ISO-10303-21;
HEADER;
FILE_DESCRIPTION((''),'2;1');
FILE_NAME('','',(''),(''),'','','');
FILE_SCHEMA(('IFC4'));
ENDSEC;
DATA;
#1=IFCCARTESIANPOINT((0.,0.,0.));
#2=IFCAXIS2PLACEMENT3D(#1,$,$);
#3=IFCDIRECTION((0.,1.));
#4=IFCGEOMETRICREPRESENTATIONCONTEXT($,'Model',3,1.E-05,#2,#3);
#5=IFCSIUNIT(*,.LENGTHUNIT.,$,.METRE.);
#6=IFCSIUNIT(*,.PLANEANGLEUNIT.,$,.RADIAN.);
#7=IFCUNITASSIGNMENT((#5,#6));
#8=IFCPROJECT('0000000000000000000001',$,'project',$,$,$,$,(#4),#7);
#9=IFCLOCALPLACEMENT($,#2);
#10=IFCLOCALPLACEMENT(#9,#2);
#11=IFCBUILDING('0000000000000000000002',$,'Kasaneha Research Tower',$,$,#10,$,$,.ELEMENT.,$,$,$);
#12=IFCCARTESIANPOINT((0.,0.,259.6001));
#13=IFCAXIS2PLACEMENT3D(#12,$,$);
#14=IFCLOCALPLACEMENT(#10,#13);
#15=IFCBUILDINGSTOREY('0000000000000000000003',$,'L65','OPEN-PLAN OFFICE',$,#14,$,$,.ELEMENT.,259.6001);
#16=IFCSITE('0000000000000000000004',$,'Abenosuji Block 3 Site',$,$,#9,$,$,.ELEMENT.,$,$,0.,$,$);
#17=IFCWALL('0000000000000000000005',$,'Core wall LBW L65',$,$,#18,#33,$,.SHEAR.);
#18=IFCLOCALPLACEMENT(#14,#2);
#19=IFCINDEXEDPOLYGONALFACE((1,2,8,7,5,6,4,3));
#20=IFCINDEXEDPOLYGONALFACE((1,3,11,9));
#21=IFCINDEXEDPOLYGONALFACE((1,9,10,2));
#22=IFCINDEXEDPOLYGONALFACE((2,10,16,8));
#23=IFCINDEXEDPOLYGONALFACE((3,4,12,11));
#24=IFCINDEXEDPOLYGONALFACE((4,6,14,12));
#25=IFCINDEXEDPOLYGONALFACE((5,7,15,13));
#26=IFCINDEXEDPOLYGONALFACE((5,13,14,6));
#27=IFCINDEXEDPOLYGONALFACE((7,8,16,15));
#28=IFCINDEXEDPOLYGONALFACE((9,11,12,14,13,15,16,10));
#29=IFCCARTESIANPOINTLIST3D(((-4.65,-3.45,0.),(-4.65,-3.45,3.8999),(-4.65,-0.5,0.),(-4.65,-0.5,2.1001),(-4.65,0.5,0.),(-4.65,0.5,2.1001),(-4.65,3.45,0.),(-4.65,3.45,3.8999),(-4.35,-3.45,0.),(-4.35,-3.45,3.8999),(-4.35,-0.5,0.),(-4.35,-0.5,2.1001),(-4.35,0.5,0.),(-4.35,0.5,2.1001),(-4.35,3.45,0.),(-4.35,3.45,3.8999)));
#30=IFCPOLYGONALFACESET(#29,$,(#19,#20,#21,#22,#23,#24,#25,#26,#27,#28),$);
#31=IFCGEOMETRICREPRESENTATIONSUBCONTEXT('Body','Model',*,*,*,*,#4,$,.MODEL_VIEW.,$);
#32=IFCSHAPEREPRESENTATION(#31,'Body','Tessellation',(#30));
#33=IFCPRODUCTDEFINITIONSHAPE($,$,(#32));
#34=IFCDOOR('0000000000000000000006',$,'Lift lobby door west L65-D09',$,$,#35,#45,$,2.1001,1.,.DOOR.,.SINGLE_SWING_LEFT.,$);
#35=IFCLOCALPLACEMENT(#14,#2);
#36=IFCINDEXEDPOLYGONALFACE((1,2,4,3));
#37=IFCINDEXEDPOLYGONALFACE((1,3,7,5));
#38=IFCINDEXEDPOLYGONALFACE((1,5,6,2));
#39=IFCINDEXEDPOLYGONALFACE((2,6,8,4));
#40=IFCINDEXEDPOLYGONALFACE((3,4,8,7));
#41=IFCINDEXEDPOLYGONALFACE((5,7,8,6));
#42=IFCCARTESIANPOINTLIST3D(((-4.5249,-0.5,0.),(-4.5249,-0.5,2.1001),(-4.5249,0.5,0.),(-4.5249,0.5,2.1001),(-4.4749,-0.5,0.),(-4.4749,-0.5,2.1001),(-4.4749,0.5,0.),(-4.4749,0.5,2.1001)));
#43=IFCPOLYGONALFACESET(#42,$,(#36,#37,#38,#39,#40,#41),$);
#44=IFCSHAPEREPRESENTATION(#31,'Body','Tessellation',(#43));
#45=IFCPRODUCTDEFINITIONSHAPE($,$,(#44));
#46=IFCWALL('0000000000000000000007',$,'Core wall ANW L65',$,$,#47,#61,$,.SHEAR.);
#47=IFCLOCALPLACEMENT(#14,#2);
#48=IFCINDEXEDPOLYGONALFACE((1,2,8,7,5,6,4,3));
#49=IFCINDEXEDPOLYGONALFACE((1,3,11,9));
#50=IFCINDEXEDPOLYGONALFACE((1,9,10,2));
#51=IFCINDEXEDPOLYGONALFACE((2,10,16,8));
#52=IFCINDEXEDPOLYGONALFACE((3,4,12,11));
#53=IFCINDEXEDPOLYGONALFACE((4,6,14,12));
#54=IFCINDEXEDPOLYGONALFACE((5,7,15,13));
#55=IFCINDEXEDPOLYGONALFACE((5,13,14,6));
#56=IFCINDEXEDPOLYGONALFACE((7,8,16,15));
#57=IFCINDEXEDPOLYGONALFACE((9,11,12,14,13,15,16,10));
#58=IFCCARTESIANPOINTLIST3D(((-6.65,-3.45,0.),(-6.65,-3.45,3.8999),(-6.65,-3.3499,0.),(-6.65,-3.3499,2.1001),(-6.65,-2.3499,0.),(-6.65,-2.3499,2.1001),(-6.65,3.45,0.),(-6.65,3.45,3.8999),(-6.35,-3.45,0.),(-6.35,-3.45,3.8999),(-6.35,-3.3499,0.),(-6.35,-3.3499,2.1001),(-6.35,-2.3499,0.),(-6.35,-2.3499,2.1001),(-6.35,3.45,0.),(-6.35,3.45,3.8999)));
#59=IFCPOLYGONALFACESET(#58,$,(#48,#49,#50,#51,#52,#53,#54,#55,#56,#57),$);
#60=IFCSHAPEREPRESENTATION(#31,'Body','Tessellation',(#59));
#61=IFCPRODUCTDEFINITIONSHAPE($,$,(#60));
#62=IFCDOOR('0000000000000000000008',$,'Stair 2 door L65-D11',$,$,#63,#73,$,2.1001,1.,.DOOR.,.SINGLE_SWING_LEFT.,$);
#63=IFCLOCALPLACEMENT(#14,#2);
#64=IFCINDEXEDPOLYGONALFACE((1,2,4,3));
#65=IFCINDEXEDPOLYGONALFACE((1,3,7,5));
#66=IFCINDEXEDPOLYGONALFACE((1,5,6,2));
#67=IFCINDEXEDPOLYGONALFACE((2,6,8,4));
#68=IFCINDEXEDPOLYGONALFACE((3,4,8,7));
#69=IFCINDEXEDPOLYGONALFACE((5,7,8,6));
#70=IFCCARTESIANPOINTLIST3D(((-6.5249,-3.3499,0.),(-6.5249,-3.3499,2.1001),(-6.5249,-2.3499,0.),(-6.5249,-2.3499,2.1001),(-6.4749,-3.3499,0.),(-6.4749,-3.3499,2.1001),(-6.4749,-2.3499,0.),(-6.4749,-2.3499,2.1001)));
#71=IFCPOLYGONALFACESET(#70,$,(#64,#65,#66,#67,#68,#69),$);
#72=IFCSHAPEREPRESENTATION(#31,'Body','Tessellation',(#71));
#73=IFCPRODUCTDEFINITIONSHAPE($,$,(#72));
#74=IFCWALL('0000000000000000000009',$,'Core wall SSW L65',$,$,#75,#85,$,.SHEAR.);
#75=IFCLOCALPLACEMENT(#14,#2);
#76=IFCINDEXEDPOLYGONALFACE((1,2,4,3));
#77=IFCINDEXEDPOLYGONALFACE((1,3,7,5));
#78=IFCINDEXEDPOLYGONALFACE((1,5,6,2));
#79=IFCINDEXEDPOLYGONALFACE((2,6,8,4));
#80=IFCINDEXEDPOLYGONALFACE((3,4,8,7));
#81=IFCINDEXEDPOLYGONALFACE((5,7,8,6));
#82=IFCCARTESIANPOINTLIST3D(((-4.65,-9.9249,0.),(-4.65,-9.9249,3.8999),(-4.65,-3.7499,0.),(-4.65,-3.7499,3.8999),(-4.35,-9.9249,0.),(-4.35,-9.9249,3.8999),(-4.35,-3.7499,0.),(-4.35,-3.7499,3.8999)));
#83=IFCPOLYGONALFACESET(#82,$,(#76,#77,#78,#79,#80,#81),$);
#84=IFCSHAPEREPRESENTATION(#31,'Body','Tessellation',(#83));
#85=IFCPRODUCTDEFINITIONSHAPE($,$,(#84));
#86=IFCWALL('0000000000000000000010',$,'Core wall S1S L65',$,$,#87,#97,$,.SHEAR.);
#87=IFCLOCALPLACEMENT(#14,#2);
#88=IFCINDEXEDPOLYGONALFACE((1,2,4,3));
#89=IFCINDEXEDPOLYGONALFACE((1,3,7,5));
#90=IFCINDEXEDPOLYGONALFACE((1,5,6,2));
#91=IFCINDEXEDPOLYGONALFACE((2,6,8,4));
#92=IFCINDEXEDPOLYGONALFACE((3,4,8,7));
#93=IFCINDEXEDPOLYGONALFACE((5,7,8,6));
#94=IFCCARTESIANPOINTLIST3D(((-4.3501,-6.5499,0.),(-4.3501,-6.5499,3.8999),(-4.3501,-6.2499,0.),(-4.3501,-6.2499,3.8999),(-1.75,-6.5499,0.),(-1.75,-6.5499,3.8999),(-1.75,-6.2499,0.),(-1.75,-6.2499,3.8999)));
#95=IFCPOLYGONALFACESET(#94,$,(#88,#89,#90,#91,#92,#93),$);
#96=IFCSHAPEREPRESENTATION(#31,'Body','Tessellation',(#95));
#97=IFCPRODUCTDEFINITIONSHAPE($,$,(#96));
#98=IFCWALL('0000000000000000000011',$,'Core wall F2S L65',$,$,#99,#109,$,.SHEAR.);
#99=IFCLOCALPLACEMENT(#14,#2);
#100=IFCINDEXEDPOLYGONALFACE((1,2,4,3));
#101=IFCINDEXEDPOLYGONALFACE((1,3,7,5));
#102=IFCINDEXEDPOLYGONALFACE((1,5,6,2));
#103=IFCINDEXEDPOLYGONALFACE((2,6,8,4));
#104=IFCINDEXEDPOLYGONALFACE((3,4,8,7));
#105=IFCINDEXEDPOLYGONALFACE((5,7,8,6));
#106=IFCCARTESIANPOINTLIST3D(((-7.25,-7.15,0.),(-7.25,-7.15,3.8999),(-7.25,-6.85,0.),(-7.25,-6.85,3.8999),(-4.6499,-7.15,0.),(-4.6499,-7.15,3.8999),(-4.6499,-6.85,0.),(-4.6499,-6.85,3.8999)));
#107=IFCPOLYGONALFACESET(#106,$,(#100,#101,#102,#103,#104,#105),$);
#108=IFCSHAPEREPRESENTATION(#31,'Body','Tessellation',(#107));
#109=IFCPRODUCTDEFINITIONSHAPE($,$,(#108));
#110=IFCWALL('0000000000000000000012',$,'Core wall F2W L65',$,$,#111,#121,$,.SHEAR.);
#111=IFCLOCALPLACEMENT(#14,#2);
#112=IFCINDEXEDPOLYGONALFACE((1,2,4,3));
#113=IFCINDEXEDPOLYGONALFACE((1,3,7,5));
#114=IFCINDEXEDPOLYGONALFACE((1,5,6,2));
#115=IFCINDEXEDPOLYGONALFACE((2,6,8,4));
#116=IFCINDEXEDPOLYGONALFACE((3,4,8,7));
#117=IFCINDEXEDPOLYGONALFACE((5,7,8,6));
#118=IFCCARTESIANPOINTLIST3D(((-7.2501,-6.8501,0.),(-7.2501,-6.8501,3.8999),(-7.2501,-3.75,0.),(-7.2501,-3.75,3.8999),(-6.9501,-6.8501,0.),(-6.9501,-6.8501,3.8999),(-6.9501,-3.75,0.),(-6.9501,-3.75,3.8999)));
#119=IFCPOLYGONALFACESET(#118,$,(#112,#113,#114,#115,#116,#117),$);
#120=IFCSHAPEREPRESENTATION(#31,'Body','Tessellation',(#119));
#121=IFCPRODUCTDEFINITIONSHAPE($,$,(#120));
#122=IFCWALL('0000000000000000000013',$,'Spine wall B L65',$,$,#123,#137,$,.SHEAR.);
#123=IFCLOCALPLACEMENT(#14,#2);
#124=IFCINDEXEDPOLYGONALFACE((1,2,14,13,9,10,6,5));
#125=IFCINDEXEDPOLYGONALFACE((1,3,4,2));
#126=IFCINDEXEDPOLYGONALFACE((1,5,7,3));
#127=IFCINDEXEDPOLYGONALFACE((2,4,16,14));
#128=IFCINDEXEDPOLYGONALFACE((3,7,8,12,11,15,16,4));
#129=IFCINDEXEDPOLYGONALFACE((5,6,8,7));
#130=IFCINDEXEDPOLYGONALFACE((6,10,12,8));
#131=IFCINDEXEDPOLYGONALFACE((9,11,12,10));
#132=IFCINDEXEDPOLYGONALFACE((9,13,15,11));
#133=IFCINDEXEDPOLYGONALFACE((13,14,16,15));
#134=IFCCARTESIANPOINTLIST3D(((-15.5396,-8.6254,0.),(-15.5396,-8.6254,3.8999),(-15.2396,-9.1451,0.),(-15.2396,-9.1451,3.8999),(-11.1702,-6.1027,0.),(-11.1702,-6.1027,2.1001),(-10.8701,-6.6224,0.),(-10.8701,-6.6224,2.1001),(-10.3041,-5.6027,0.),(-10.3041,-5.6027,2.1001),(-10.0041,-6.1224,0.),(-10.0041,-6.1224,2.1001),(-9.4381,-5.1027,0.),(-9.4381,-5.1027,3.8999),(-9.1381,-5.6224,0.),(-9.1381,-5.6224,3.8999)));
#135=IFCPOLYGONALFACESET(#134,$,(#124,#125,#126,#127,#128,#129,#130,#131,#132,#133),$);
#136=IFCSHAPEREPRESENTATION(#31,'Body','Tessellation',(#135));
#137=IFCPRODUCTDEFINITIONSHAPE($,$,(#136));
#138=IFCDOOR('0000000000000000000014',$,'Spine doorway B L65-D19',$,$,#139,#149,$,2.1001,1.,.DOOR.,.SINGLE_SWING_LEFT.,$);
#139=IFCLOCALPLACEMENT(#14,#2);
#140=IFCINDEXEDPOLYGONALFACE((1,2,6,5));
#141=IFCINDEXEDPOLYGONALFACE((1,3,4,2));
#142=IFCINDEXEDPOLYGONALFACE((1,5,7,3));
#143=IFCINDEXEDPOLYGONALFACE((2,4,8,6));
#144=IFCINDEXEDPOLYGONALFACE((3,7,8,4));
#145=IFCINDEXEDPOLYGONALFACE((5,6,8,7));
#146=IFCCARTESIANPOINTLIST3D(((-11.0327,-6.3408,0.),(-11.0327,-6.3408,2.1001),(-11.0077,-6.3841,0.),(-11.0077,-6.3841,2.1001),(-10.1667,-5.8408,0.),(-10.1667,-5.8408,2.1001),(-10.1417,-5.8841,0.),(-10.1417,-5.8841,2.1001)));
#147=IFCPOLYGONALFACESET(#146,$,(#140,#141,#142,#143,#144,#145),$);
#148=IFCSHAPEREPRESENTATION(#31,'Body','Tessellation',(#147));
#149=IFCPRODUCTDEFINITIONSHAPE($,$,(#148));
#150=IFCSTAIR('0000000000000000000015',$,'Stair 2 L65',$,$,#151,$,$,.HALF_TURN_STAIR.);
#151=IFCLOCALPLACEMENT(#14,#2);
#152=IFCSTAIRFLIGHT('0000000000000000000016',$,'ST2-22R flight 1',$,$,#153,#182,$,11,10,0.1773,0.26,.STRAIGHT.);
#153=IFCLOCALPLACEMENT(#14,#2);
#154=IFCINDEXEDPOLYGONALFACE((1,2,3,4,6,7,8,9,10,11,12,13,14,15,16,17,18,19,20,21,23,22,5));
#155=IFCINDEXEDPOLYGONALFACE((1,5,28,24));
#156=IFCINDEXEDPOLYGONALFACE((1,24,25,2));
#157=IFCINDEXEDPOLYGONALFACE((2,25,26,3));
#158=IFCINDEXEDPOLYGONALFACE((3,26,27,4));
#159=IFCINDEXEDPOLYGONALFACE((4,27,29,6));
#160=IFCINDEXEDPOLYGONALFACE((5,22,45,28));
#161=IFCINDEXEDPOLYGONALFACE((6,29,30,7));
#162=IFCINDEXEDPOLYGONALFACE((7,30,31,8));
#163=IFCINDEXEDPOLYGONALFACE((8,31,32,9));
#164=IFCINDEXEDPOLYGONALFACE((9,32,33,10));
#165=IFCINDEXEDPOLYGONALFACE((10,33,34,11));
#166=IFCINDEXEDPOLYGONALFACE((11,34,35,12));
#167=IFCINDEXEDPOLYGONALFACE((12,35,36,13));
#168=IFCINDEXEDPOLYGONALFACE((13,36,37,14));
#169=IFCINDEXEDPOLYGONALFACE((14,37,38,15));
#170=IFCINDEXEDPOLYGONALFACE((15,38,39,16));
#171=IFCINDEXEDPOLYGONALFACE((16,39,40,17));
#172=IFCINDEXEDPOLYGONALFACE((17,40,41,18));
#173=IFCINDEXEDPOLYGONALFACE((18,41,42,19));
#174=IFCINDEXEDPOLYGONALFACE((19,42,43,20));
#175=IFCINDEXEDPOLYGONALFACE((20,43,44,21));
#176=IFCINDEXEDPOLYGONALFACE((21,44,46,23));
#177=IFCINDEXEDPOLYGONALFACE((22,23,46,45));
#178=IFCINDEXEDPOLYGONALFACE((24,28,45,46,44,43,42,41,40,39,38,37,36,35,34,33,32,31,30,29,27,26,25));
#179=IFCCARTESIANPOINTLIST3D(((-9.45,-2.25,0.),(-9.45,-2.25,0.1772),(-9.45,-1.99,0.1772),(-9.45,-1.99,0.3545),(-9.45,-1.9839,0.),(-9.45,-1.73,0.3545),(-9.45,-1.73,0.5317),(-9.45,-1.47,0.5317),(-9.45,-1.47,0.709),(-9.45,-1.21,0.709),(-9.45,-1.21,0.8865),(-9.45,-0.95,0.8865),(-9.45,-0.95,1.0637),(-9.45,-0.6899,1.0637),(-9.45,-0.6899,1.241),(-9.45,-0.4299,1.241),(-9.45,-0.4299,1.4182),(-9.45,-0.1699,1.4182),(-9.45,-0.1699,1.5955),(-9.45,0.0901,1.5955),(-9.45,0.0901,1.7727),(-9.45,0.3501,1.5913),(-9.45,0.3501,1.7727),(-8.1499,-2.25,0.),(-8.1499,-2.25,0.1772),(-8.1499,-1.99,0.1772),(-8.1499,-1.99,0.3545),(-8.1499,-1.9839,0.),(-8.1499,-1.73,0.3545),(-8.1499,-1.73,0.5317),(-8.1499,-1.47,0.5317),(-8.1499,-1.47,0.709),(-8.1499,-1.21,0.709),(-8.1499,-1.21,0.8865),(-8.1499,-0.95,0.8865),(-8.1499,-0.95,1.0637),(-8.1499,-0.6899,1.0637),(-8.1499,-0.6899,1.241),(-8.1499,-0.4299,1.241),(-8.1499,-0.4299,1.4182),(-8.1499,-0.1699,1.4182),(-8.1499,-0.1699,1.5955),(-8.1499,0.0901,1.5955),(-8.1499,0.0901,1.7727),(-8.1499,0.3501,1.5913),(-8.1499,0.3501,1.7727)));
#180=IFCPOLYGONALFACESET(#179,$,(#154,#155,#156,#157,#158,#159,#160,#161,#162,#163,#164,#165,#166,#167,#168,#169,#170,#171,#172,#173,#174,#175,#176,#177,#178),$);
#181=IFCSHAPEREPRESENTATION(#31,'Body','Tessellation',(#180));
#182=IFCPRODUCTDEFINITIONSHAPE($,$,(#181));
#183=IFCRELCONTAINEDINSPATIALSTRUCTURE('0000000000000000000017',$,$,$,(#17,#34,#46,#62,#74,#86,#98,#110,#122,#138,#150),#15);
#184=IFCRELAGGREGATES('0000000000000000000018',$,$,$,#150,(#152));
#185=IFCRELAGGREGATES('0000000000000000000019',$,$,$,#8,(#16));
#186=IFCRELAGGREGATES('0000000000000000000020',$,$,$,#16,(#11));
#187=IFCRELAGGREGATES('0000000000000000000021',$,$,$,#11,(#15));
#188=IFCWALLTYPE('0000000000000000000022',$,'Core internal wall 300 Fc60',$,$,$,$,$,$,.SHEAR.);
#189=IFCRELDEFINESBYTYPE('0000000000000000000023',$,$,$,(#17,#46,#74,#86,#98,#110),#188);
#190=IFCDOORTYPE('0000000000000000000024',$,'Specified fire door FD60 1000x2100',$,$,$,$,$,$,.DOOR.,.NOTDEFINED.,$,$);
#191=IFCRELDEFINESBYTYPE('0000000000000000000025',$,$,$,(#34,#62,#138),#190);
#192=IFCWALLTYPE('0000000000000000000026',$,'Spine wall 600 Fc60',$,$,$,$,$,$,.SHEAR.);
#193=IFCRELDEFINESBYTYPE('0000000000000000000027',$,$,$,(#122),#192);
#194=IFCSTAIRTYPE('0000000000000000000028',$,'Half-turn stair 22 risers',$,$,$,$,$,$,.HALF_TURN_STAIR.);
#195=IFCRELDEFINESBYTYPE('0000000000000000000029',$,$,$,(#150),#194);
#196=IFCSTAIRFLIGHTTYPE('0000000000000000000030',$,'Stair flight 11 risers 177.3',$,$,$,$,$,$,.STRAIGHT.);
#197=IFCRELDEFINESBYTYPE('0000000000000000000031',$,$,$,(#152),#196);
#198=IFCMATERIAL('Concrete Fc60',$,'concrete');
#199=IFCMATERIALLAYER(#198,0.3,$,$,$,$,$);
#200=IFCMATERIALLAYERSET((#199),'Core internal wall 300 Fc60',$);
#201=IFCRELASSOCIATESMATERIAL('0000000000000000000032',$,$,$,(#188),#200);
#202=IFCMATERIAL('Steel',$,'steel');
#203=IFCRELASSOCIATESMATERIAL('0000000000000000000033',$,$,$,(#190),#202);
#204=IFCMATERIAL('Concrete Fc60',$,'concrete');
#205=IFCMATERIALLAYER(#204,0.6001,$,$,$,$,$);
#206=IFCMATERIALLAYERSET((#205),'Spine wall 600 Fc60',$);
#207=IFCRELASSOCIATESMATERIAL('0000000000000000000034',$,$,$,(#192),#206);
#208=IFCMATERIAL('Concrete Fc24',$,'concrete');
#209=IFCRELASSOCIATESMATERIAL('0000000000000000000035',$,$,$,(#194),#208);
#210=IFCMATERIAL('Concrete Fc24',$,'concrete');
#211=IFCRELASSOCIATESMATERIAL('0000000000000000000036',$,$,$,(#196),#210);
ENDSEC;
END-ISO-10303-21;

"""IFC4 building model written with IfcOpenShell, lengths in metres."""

from ifc_helpers import new_model, si_unit, direction, frame, frame_2d, origin, place, context, subcontext, project, spatial, polyline, rectangle, outline, extrude, material, layer, layer_set, type_object, element, fill, aggregate, save


model = new_model("IFC4")

# Units and contexts
model_context = context("Model", 3, precision=1e-05, world=origin(), true_north=direction((0.0, 1.0)))
body_context = subcontext(model_context, "Body", "Model", "MODEL_VIEW")
ifc_project = project(units=[si_unit("LENGTHUNIT", "METRE"), si_unit("PLANEANGLEUNIT", "RADIAN")], contexts=[model_context])

# Site, building, storey
site_placement = place(None, origin())
site = spatial("IfcSite", under=ifc_project, at=site_placement, Name="Abenosuji Block 3 Site", CompositionType="ELEMENT", RefElevation=0.0)
building_placement = place(site_placement, origin())
building = spatial("IfcBuilding", under=site, at=building_placement, Name="Kasaneha Research Tower", CompositionType="ELEMENT")
storey_placement = place(building_placement, frame((0.0, 0.0, 259.6001)))
storey = spatial("IfcBuildingStorey", under=building, at=storey_placement, Name="L65", Description="OPEN-PLAN OFFICE", CompositionType="ELEMENT", Elevation=259.6001)

# Walls, openings, doors
ifc_material_1 = material(Name="Concrete Fc60", Category="concrete")
ifc_layer_1 = layer(ifc_material_1, 0.3)
ifc_layer_set_1 = layer_set([ifc_layer_1], Name="Core internal wall 300 Fc60")
wall_type_1 = type_object("IfcWallType", Name="Core internal wall 300 Fc60", PredefinedType="SHEAR", material=ifc_layer_set_1)
wall_1_placement = place(storey_placement, frame((-4.5, -3.45, 0.0), z_axis=(0.0, 0.0, 1.0), x_axis=(0.0, 1.0, 0.0)))
wall_1 = element("IfcWall", 1, at=wall_1_placement, inside=storey, type_object=wall_type_1, Name="Core wall LBW L65", PredefinedType="SHEAR", context=body_context, shape_type="SweptSolid", body=[
    extrude(rectangle(XDim=6.8999, YDim=0.3, at=frame_2d((3.45, 0.0))), origin(), (0.0, 0.0, 1.0), 3.8999),
])
opening_1_placement = place(wall_1_placement, frame((2.95, 0.0, 0.0)))
opening_1 = element("IfcOpeningElement", 2, at=opening_1_placement, cuts=wall_1, PredefinedType="OPENING", context=body_context, shape_type="SweptSolid", body=[
    extrude(rectangle(XDim=1.0, YDim=2.1001, at=frame_2d((0.5, 1.05))), frame((0.0, 0.1602, 0.0), z_axis=(0.0, -1.0, 0.0), x_axis=(1.0, 0.0, 0.0)), (0.0, 0.0, 1.0), 0.3201),
])
ifc_material_2 = material(Name="Steel", Category="steel")
door_type_1 = type_object("IfcDoorType", Name="Specified fire door FD60 1000x2100", OperationType="NOTDEFINED", PredefinedType="DOOR", material=ifc_material_2)
door_1_placement = place(opening_1_placement, origin())
door_1 = element("IfcDoor", 3, at=door_1_placement, inside=storey, type_object=door_type_1, Name="Lift lobby door west L65-D09", OperationType="SINGLE_SWING_LEFT", OverallHeight=2.1001, OverallWidth=1.0, PredefinedType="DOOR", context=body_context, shape_type="SweptSolid", body=[
    extrude(rectangle(XDim=1.0, YDim=2.1001, at=frame_2d((0.5, 1.05))), frame((0.0, 0.0249, 0.0), z_axis=(0.0, -1.0, 0.0), x_axis=(1.0, 0.0, 0.0)), (0.0, 0.0, 1.0), 0.05),
])
fill(opening_1, door_1)
wall_2_placement = place(storey_placement, frame((-6.5, -3.45, 0.0), z_axis=(0.0, 0.0, 1.0), x_axis=(0.0, 1.0, 0.0)))
wall_2 = element("IfcWall", 4, at=wall_2_placement, inside=storey, type_object=wall_type_1, Name="Core wall ANW L65", PredefinedType="SHEAR", context=body_context, shape_type="SweptSolid", body=[
    extrude(rectangle(XDim=6.8999, YDim=0.3, at=frame_2d((3.45, 0.0))), origin(), (0.0, 0.0, 1.0), 3.8999),
])
opening_2_placement = place(wall_2_placement, frame((0.1001, 0.0, 0.0)))
opening_2 = element("IfcOpeningElement", 5, at=opening_2_placement, cuts=wall_2, PredefinedType="OPENING", context=body_context, shape_type="SweptSolid", body=[
    extrude(rectangle(XDim=1.0, YDim=2.1001, at=frame_2d((0.5, 1.05))), frame((0.0, 0.1602, 0.0), z_axis=(0.0, -1.0, 0.0), x_axis=(1.0, 0.0, 0.0)), (0.0, 0.0, 1.0), 0.3201),
])
door_2_placement = place(opening_2_placement, origin())
door_2 = element("IfcDoor", 6, at=door_2_placement, inside=storey, type_object=door_type_1, Name="Stair 2 door L65-D11", OperationType="SINGLE_SWING_LEFT", OverallHeight=2.1001, OverallWidth=1.0, PredefinedType="DOOR", context=body_context, shape_type="SweptSolid", body=[
    extrude(rectangle(XDim=1.0, YDim=2.1001, at=frame_2d((0.5, 1.05))), frame((0.0, 0.0249, 0.0), z_axis=(0.0, -1.0, 0.0), x_axis=(1.0, 0.0, 0.0)), (0.0, 0.0, 1.0), 0.05),
])
fill(opening_2, door_2)

# Walls
wall_3_placement = place(storey_placement, frame((-4.5, -3.75, 0.0), z_axis=(0.0, 0.0, 1.0), x_axis=(0.0, -1.0, 0.0)))
element("IfcWall", 7, at=wall_3_placement, inside=storey, type_object=wall_type_1, Name="Core wall SSW L65", PredefinedType="SHEAR", context=body_context, shape_type="SweptSolid", body=[
    extrude(rectangle(XDim=6.175, YDim=0.3, at=frame_2d((3.0874, 0.0))), origin(), (0.0, 0.0, 1.0), 3.8999),
])
for number, where, z_axis, x_axis, name in (
    (8, (-4.3501, -6.3999, 0.0), (0.0, 0.0, 1.0), (1.0, 0.0, 0.0), "Core wall S1S L65"),
    (9, (-7.25, -7.0, 0.0), (0.0, 0.0, 1.0), (1.0, 0.0, 0.0), "Core wall F2S L65"),
):
    element("IfcWall", number, at=place(storey_placement, frame(where, z_axis=z_axis, x_axis=x_axis)), inside=storey, type_object=wall_type_1, Name=name, PredefinedType="SHEAR", context=body_context, shape_type="SweptSolid", body=[
        extrude(rectangle(XDim=2.6001, YDim=0.3, at=frame_2d((1.3, 0.0))), origin(), (0.0, 0.0, 1.0), 3.8999),
    ])
wall_4_placement = place(storey_placement, frame((-7.1001, -3.75, 0.0), z_axis=(0.0, 0.0, 1.0), x_axis=(0.0, -1.0, 0.0)))
element("IfcWall", 10, at=wall_4_placement, inside=storey, type_object=wall_type_1, Name="Core wall F2W L65", PredefinedType="SHEAR", context=body_context, shape_type="SweptSolid", body=[
    extrude(rectangle(XDim=3.1001, YDim=0.3, at=frame_2d((1.55, 0.0))), origin(), (0.0, 0.0, 1.0), 3.8999),
])

# Wall, opening, door
ifc_material_3 = material(Name="Concrete Fc60", Category="concrete")
ifc_layer_2 = layer(ifc_material_3, 0.6001)
ifc_layer_set_2 = layer_set([ifc_layer_2], Name="Spine wall 600 Fc60")
wall_type_2 = type_object("IfcWallType", Name="Spine wall 600 Fc60", PredefinedType="SHEAR", material=ifc_layer_set_2)
wall_5_placement = place(storey_placement, frame((-9.2881, -5.3625, 0.0), z_axis=(0.0, 0.0, 1.0), x_axis=(-0.866027, -0.499996, 0.0)))
wall_5 = element("IfcWall", 11, at=wall_5_placement, inside=storey, type_object=wall_type_2, Name="Spine wall B L65", PredefinedType="SHEAR", context=body_context, shape_type="SweptSolid", body=[
    extrude(rectangle(XDim=7.0454, YDim=0.6001, at=frame_2d((3.5227, 0.0))), origin(), (0.0, 0.0, 1.0), 3.8999),
])
opening_3_placement = place(wall_5_placement, frame((1.0, 0.0, 0.0)))
opening_3 = element("IfcOpeningElement", 12, at=opening_3_placement, cuts=wall_5, PredefinedType="OPENING", context=body_context, shape_type="SweptSolid", body=[
    extrude(rectangle(XDim=1.0, YDim=2.1001, at=frame_2d((0.5, 1.05))), frame((0.0, 0.3101, 0.0), z_axis=(0.0, -1.0, 0.0), x_axis=(1.0, 0.0, 0.0)), (0.0, 0.0, 1.0), 0.6201),
])
door_3_placement = place(opening_3_placement, origin())
door_3 = element("IfcDoor", 13, at=door_3_placement, inside=storey, type_object=door_type_1, Name="Spine doorway B L65-D19", OperationType="SINGLE_SWING_LEFT", OverallHeight=2.1001, OverallWidth=1.0, PredefinedType="DOOR", context=body_context, shape_type="SweptSolid", body=[
    extrude(rectangle(XDim=1.0, YDim=2.1001, at=frame_2d((0.5, 1.05))), frame((0.0, 0.0249, 0.0), z_axis=(0.0, -1.0, 0.0), x_axis=(1.0, 0.0, 0.0)), (0.0, 0.0, 1.0), 0.05),
])
fill(opening_3, door_3)

# Stair, stair flight
ifc_material_4 = material(Name="Concrete Fc24", Category="concrete")
stair_type = type_object("IfcStairType", Name="Half-turn stair 22 risers", PredefinedType="HALF_TURN_STAIR", material=ifc_material_4)
stair_placement = place(storey_placement, origin())
stair = element("IfcStair", 14, at=stair_placement, inside=storey, type_object=stair_type, Name="Stair 2 L65", PredefinedType="HALF_TURN_STAIR")
ifc_material_5 = material(Name="Concrete Fc24", Category="concrete")
stair_flight_type = type_object("IfcStairFlightType", Name="Stair flight 11 risers 177.3", PredefinedType="STRAIGHT", material=ifc_material_5)
stair_flight_placement = place(storey_placement, frame((-8.8, -2.25, 0.0), z_axis=(0.0, 0.0, 1.0), x_axis=(0.0, 1.0, 0.0)))
stair_flight = element("IfcStairFlight", 15, at=stair_flight_placement, type_object=stair_flight_type, Name="ST2-22R flight 1", NumberOfRisers=11, NumberOfTreads=10, PredefinedType="STRAIGHT", RiserHeight=0.1773, TreadLength=0.26, context=body_context, shape_type="SweptSolid", body=[
    extrude(outline(polyline([(0.0, 0.0), (0.0, 0.1772), (0.26, 0.1772), (0.26, 0.3545), (0.52, 0.3545), (0.52, 0.5317), (0.78, 0.5317), (0.78, 0.709), (1.04, 0.709), (1.04, 0.8865), (1.3, 0.8865), (1.3, 1.0637), (1.5601, 1.0637), (1.5601, 1.241), (1.8201, 1.241), (1.8201, 1.4182), (2.0801, 1.4182), (2.0801, 1.5955), (2.3401, 1.5955), (2.3401, 1.7727), (2.6001, 1.7727), (2.6001, 1.95), (2.6001, 1.5913), (0.2661, 0.0), (0.0, 0.0)])), frame((0.0, 0.6499, 0.0), z_axis=(0.0, -1.0, 0.0), x_axis=(1.0, 0.0, 0.0)), (0.0, 0.0, 1.0), 1.3),
])
aggregate(stair, [stair_flight])

save(model, "model.ifc")
